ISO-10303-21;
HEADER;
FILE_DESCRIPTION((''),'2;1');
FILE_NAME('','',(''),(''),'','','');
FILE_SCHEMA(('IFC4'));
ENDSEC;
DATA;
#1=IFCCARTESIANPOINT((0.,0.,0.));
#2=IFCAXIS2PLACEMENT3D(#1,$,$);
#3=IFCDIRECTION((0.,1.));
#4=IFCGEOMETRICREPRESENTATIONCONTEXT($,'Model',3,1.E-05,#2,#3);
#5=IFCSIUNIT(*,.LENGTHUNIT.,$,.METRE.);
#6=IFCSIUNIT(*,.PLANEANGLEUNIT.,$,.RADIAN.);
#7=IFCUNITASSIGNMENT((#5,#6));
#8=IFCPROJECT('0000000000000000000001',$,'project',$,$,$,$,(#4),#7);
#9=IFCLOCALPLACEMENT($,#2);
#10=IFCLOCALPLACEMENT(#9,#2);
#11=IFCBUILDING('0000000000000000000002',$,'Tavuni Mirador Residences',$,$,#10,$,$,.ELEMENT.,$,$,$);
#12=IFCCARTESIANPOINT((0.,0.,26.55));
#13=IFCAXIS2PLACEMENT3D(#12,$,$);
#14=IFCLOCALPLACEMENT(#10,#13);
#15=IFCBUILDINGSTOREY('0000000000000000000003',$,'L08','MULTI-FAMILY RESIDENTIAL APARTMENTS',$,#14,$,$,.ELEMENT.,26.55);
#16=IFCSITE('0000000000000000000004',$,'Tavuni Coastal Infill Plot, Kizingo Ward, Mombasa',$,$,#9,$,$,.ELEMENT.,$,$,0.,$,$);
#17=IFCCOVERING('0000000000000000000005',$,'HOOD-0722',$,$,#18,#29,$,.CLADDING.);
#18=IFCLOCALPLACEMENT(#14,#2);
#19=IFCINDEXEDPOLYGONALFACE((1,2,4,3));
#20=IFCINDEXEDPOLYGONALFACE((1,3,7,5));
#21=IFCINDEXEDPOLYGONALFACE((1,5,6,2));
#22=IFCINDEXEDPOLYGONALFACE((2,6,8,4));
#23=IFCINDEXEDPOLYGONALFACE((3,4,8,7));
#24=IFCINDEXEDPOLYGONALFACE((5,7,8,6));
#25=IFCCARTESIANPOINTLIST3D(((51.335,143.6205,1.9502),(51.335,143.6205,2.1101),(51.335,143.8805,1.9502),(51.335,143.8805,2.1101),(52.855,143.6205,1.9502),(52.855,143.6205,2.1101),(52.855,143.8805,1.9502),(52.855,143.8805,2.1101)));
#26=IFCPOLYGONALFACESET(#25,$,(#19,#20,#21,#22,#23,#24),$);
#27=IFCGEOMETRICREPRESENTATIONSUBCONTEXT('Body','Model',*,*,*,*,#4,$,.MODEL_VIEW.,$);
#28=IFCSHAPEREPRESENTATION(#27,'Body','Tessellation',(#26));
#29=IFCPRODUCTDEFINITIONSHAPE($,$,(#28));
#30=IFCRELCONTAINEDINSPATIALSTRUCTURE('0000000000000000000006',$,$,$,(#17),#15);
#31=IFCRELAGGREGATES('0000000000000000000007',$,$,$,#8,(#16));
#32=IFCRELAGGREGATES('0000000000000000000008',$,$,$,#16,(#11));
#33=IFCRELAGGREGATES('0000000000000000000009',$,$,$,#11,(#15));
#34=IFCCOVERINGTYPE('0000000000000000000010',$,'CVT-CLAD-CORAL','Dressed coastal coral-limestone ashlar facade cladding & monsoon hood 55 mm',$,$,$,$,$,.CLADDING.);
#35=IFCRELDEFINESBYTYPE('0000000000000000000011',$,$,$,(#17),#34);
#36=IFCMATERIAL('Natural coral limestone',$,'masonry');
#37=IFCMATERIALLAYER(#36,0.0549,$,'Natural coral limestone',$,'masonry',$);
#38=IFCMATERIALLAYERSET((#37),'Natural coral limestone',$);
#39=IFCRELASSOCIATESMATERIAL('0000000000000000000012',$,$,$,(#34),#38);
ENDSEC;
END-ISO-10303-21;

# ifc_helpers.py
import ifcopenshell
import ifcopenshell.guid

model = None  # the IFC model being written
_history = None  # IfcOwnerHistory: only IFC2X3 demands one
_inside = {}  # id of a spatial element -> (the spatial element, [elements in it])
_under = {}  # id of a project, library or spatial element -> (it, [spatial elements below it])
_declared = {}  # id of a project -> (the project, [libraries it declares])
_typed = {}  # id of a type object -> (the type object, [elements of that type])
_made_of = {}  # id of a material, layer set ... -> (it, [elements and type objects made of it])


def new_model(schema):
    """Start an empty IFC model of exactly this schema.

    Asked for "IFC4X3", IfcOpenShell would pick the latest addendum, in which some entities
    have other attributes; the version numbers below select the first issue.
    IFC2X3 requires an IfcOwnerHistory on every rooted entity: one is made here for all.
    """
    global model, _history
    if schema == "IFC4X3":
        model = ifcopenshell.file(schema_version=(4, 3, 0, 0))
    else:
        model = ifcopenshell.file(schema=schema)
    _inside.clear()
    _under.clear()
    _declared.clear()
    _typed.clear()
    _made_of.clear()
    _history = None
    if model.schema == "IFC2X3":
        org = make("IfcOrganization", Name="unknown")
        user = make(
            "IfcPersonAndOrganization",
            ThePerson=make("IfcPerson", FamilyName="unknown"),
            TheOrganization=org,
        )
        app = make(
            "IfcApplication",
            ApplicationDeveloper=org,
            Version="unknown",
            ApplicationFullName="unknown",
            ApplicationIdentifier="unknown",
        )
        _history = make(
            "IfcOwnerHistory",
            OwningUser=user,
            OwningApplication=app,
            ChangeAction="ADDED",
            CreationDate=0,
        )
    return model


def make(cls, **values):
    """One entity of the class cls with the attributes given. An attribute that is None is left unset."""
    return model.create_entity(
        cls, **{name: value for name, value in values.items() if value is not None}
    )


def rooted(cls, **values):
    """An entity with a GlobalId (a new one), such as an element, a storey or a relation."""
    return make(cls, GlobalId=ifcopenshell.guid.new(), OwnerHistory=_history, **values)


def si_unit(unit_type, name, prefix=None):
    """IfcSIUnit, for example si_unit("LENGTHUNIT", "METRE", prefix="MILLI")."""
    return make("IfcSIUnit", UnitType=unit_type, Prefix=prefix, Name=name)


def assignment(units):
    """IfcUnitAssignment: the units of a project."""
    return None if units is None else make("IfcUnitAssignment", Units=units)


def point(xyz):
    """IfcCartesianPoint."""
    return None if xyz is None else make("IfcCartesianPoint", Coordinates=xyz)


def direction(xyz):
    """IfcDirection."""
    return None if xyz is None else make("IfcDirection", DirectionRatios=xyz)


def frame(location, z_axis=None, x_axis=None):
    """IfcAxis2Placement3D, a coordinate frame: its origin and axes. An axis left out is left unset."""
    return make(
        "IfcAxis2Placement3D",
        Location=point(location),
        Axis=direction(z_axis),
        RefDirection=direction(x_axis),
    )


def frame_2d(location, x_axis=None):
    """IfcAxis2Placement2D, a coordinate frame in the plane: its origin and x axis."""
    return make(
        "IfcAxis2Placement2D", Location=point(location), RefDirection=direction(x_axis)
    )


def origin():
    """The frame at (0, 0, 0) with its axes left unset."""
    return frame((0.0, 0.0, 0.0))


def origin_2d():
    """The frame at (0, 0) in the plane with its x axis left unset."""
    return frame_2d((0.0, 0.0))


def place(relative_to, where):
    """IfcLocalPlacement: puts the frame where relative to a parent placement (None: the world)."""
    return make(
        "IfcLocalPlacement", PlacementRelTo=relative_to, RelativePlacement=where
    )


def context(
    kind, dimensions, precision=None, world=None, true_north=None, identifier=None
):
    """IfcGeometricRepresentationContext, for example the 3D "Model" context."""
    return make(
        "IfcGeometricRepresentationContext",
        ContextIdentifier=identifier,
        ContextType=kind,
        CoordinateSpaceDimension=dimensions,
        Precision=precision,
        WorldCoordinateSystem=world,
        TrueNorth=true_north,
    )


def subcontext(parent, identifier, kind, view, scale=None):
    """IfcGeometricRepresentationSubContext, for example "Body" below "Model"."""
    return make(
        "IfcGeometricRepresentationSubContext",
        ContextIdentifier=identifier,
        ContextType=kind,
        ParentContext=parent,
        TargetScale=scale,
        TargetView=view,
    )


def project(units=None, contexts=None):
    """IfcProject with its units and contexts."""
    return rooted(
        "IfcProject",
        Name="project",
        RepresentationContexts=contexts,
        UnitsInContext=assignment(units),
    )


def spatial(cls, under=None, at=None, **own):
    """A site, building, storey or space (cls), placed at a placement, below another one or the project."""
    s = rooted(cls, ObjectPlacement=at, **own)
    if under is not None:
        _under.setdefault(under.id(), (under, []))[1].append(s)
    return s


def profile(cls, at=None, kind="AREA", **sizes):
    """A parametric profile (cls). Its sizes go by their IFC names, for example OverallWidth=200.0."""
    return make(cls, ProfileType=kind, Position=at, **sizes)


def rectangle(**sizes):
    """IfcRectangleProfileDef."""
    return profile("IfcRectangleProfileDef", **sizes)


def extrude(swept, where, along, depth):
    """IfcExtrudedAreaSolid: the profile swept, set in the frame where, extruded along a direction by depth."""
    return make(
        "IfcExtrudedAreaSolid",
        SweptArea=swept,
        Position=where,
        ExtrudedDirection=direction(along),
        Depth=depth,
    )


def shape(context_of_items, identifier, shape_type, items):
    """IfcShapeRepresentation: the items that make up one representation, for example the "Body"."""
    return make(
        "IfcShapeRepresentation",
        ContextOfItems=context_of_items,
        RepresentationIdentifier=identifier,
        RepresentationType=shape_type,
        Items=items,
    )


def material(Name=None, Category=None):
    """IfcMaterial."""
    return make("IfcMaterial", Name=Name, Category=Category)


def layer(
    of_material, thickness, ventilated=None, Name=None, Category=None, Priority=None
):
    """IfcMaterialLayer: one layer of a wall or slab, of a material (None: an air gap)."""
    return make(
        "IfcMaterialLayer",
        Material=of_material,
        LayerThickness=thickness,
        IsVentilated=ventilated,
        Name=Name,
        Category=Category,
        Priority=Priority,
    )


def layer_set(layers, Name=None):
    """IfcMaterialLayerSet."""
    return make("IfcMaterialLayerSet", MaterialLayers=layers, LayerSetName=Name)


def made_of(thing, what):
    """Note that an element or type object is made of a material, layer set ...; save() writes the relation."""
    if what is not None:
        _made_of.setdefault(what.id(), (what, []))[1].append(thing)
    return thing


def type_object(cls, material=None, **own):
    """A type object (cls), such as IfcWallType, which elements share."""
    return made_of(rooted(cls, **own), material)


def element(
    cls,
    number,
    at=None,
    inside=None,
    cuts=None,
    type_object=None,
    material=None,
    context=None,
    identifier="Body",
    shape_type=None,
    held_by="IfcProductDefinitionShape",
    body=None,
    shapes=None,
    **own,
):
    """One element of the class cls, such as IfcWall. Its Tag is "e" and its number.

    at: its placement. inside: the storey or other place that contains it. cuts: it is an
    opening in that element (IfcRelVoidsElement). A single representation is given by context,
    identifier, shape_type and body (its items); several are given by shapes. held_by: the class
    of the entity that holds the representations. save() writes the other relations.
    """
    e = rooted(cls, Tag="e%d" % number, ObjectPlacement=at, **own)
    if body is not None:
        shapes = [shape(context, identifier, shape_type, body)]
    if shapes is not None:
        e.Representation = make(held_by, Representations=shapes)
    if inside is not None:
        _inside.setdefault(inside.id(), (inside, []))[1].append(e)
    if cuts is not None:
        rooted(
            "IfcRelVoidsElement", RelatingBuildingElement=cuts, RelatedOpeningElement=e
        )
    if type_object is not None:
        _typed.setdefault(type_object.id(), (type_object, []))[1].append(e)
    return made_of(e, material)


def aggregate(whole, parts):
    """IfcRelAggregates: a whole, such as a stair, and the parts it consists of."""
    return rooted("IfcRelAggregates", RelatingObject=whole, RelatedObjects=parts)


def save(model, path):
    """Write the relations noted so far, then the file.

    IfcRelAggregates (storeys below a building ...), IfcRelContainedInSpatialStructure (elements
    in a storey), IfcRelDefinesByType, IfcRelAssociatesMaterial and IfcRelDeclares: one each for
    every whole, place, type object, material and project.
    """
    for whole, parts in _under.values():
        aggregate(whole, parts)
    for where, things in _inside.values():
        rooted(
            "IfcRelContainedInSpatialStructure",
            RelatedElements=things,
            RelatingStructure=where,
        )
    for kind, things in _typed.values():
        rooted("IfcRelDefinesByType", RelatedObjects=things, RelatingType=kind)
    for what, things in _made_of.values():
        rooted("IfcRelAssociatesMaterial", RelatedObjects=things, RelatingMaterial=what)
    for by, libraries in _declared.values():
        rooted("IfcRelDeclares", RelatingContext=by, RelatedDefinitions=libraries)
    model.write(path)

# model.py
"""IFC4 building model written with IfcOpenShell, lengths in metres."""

from ifc_helpers import new_model, si_unit, direction, frame, origin, origin_2d, place, context, subcontext, project, spatial, rectangle, extrude, material, layer, layer_set, type_object, element, save


model = new_model("IFC4")

# Units and contexts
model_context = context("Model", 3, precision=1e-05, world=origin(), true_north=direction((0.0, 1.0)))
body_context = subcontext(model_context, "Body", "Model", "MODEL_VIEW")
ifc_project = project(units=[si_unit("LENGTHUNIT", "METRE"), si_unit("PLANEANGLEUNIT", "RADIAN")], contexts=[model_context])

# Site, building, storey
site_placement = place(None, origin())
site = spatial("IfcSite", under=ifc_project, at=site_placement, Name="Tavuni Coastal Infill Plot, Kizingo Ward, Mombasa", CompositionType="ELEMENT", RefElevation=0.0)
building_placement = place(site_placement, origin())
building = spatial("IfcBuilding", under=site, at=building_placement, Name="Tavuni Mirador Residences", CompositionType="ELEMENT")
storey_placement = place(building_placement, frame((0.0, 0.0, 26.55)))
storey = spatial("IfcBuildingStorey", under=building, at=storey_placement, Name="L08", Description="MULTI-FAMILY RESIDENTIAL APARTMENTS", CompositionType="ELEMENT", Elevation=26.55)

# Covering
ifc_material_1 = material(Name="Natural coral limestone", Category="masonry")
ifc_layer_1 = layer(ifc_material_1, 0.0549, Name="Natural coral limestone", Category="masonry")
ifc_layer_set_1 = layer_set([ifc_layer_1], Name="Natural coral limestone")
covering_type = type_object("IfcCoveringType", Name="CVT-CLAD-CORAL", Description="Dressed coastal coral-limestone ashlar facade cladding & monsoon hood 55 mm", PredefinedType="CLADDING", material=ifc_layer_set_1)
covering_placement = place(storey_placement, frame((52.095, 143.7505, 1.9502), z_axis=(0.0, 0.0, 1.0), x_axis=(1.0, 0.0, 0.0)))
element("IfcCovering", 1, at=covering_placement, inside=storey, type_object=covering_type, Name="HOOD-0722", PredefinedType="CLADDING", context=body_context, shape_type="SweptSolid", body=[
    extrude(rectangle(XDim=1.52, YDim=0.26, at=origin_2d()), origin(), (0.0, 0.0, 1.0), 0.1599),
])

save(model, "model.ifc")
